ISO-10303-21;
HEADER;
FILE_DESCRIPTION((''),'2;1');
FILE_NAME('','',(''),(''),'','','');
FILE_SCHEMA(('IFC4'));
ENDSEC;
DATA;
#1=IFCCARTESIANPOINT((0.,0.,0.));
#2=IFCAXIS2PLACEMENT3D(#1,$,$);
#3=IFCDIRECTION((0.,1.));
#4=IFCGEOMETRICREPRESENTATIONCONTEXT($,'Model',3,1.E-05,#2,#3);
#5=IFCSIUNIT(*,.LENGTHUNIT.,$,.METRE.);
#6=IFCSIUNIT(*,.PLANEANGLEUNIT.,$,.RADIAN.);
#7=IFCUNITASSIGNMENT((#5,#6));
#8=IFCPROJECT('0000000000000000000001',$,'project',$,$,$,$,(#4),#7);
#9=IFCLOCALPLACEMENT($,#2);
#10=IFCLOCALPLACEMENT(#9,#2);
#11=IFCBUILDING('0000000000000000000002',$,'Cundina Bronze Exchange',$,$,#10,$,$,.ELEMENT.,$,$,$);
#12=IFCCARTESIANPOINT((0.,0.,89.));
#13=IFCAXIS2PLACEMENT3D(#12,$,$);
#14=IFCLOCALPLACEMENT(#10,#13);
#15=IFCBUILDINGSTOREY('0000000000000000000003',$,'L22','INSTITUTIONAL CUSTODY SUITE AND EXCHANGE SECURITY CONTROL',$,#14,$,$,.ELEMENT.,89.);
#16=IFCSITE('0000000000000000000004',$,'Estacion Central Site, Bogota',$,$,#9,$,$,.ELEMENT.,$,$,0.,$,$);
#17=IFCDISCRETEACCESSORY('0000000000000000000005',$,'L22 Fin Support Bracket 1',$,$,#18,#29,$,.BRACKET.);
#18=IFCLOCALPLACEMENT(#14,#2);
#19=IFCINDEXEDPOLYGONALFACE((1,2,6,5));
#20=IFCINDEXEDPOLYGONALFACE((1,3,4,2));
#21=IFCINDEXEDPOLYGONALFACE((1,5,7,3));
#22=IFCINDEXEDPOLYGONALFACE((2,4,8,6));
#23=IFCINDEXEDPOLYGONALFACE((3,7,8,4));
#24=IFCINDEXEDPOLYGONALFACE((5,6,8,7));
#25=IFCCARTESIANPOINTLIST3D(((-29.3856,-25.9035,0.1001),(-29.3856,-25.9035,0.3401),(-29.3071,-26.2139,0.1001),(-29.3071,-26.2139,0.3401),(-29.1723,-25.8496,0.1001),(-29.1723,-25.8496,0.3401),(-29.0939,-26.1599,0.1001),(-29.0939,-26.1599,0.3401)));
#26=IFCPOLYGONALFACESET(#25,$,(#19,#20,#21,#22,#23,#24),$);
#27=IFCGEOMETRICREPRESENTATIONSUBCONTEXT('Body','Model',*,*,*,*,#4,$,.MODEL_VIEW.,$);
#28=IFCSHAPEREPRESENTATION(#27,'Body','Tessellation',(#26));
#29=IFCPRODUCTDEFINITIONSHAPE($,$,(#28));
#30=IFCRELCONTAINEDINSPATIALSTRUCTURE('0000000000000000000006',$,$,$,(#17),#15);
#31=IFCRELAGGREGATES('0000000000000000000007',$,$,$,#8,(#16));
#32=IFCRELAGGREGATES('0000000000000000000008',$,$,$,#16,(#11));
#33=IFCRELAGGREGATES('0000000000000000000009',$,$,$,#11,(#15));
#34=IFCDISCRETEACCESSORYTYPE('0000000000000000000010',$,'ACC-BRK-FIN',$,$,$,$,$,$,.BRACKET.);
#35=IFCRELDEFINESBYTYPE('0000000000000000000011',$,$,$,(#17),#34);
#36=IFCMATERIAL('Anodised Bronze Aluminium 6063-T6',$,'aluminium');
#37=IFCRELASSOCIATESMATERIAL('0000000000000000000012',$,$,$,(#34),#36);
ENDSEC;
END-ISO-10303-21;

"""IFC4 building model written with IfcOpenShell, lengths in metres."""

from ifc_helpers import new_model, si_unit, direction, frame, origin, origin_2d, place, context, subcontext, project, spatial, rectangle, extrude, material, type_object, element, save


model = new_model("IFC4")

# Units and contexts
model_context = context("Model", 3, precision=1e-05, world=origin(), true_north=direction((0.0, 1.0)))
body_context = subcontext(model_context, "Body", "Model", "MODEL_VIEW")
ifc_project = project(units=[si_unit("LENGTHUNIT", "METRE"), si_unit("PLANEANGLEUNIT", "RADIAN")], contexts=[model_context])

# Site, building, storey
site_placement = place(None, origin())
site = spatial("IfcSite", under=ifc_project, at=site_placement, Name="Estacion Central Site, Bogota", CompositionType="ELEMENT", RefElevation=0.0)
building_placement = place(site_placement, origin())
building = spatial("IfcBuilding", under=site, at=building_placement, Name="Cundina Bronze Exchange", CompositionType="ELEMENT")
storey_placement = place(building_placement, frame((0.0, 0.0, 89.0)))
storey = spatial("IfcBuildingStorey", under=building, at=storey_placement, Name="L22", Description="INSTITUTIONAL CUSTODY SUITE AND EXCHANGE SECURITY CONTROL", CompositionType="ELEMENT", Elevation=89.0)

# Shared definitions
ifc_material_1 = material(Name="Anodised Bronze Aluminium 6063-T6", Category="aluminium")

# Discrete accessory
discrete_accessory_type = type_object("IfcDiscreteAccessoryType", Name="ACC-BRK-FIN", PredefinedType="BRACKET", material=ifc_material_1)
discrete_accessory_placement = place(storey_placement, frame((-29.2397, -26.0317, 0.1001), z_axis=(0.0, 0.0, 1.0), x_axis=(0.969488, 0.245138, 0.0)))
element("IfcDiscreteAccessory", 1, at=discrete_accessory_placement, inside=storey, type_object=discrete_accessory_type, Name="L22 Fin Support Bracket 1", PredefinedType="BRACKET", context=body_context, shape_type="SweptSolid", body=[
    extrude(rectangle(XDim=0.22, YDim=0.3201, at=origin_2d()), origin(), (0.0, 0.0, 1.0), 0.24),
])

save(model, "model.ifc")
